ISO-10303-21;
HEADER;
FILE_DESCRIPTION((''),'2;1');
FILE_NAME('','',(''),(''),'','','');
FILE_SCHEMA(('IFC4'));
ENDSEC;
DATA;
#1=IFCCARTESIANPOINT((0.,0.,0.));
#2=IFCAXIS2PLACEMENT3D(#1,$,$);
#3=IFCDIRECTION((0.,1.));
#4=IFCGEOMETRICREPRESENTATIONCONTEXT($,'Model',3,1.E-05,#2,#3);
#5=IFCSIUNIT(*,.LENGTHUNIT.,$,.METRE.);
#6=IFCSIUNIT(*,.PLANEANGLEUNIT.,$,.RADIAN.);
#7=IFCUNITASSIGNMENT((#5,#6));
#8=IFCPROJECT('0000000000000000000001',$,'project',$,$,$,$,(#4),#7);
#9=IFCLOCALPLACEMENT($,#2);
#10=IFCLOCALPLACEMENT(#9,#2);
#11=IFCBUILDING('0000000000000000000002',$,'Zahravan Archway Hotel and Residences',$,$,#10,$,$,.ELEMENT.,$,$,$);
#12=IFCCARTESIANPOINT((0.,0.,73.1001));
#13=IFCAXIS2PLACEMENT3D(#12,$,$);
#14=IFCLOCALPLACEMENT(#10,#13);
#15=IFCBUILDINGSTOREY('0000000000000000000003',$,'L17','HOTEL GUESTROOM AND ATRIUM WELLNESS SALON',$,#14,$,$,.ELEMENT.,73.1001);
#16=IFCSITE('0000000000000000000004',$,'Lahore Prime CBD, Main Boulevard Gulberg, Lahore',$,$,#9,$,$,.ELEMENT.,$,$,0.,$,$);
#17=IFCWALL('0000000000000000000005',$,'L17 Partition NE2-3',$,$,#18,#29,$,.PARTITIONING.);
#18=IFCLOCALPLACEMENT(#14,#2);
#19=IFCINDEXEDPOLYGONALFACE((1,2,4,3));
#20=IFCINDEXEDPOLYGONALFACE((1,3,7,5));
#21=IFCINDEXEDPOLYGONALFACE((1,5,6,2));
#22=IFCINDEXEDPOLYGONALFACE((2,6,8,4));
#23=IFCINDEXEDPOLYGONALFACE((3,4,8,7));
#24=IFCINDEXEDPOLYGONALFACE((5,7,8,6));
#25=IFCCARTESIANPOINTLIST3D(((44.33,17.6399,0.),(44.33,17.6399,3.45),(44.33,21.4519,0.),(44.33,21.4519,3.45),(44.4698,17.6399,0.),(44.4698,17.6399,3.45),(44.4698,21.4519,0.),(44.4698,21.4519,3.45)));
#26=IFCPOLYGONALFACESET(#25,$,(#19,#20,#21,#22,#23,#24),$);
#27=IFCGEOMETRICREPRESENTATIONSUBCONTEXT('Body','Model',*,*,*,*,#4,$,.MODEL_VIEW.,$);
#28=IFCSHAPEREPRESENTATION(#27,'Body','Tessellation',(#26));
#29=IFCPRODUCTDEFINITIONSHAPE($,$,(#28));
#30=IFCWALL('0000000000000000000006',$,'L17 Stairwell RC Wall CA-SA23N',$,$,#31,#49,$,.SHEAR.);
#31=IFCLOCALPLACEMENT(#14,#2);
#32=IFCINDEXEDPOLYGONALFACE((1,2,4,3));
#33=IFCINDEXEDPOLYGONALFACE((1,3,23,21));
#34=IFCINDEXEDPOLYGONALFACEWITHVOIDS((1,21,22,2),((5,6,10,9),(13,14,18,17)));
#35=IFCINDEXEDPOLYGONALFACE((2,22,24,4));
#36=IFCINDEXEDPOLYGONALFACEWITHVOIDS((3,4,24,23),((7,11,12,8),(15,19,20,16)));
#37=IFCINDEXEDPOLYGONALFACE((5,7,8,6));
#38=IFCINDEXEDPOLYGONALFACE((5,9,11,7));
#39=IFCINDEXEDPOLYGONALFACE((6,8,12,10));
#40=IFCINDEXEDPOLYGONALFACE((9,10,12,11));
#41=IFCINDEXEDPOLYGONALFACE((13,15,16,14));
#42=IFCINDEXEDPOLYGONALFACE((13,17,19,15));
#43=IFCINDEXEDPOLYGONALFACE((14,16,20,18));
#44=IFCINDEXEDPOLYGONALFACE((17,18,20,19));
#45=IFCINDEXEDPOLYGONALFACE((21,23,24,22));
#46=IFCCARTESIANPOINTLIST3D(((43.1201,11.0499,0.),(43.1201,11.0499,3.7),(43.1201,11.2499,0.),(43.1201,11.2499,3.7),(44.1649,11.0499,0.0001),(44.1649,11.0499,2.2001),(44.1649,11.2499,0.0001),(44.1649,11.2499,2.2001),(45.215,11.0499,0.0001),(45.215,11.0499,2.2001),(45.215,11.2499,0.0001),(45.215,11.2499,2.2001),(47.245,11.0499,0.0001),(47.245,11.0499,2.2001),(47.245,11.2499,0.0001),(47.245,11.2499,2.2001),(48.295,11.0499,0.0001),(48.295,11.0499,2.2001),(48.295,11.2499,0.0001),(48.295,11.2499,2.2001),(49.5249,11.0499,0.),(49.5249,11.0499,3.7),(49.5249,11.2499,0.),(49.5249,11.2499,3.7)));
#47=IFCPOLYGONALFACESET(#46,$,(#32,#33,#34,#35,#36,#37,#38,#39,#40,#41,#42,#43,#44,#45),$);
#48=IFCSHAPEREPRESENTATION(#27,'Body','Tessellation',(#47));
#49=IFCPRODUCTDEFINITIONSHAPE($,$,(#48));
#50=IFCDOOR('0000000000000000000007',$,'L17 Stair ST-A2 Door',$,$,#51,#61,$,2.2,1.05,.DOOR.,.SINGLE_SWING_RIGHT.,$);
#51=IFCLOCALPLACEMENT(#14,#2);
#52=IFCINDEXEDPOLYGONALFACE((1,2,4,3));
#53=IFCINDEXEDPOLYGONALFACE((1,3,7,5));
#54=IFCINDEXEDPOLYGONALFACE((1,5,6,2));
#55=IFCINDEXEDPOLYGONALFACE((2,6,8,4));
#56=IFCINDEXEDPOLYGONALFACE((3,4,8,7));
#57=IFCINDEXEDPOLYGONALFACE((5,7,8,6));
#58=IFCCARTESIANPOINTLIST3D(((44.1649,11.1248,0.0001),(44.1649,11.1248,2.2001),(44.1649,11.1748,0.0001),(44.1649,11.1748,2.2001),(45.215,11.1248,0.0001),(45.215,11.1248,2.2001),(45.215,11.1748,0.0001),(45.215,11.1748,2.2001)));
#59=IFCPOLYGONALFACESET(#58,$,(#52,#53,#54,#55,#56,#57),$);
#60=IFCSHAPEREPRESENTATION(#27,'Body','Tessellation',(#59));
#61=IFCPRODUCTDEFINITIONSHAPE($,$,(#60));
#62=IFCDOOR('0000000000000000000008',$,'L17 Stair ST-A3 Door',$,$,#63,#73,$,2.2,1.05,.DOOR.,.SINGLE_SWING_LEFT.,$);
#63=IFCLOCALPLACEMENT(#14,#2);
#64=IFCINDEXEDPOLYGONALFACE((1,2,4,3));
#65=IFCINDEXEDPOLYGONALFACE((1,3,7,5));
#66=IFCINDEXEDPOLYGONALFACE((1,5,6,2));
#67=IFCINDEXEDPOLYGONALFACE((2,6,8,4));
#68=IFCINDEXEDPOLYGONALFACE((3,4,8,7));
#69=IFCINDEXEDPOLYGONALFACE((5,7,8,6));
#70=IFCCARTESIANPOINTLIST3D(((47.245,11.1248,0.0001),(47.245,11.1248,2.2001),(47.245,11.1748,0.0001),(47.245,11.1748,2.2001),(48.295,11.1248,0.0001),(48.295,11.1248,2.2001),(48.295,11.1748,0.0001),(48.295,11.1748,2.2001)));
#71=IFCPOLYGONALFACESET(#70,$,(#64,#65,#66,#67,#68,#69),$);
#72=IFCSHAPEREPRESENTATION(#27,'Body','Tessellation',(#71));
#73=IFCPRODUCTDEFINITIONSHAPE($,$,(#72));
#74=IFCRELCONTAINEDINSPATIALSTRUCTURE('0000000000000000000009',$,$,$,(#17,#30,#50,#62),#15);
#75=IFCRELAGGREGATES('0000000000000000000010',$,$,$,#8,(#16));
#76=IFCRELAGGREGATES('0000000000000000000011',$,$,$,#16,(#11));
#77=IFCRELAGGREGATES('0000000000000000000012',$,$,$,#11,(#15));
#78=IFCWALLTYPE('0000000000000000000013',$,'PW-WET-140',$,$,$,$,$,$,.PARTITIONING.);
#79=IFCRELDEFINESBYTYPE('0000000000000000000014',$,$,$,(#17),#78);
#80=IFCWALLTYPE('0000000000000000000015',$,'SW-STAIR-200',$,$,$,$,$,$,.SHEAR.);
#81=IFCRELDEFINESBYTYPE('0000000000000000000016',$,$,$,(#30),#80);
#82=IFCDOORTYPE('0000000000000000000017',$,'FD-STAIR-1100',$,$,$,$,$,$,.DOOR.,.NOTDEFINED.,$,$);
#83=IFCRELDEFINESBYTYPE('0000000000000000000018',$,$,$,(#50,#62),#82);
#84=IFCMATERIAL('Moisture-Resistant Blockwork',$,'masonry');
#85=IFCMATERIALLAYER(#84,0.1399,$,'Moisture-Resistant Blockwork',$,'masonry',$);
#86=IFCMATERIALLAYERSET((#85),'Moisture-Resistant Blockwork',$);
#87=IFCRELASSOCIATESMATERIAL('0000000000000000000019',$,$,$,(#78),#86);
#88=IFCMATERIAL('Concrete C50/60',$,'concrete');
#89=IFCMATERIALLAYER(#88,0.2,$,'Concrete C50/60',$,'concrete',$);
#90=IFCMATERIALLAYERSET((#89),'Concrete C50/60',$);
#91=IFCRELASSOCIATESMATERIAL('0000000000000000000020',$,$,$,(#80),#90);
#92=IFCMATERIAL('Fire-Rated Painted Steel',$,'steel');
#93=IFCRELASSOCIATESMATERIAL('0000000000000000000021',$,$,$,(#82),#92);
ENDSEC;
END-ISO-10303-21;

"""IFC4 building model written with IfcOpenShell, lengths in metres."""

from ifc_helpers import new_model, si_unit, direction, frame, frame_2d, origin, place, context, subcontext, project, spatial, rectangle, extrude, source, transform, mapped, material, layer, layer_set, type_object, type_shapes, element, fill, save


model = new_model("IFC4")

# Units and contexts
model_context = context("Model", 3, precision=1e-05, world=origin(), true_north=direction((0.0, 1.0)))
body_context = subcontext(model_context, "Body", "Model", "MODEL_VIEW")
ifc_project = project(units=[si_unit("LENGTHUNIT", "METRE"), si_unit("PLANEANGLEUNIT", "RADIAN")], contexts=[model_context])

# Site, building, storey
site_placement = place(None, origin())
site = spatial("IfcSite", under=ifc_project, at=site_placement, Name="Lahore Prime CBD, Main Boulevard Gulberg, Lahore", CompositionType="ELEMENT", RefElevation=0.0)
building_placement = place(site_placement, origin())
building = spatial("IfcBuilding", under=site, at=building_placement, Name="Zahravan Archway Hotel and Residences", CompositionType="ELEMENT")
storey_placement = place(building_placement, frame((0.0, 0.0, 73.1001)))
storey = spatial("IfcBuildingStorey", under=building, at=storey_placement, Name="L17", Description="HOTEL GUESTROOM AND ATRIUM WELLNESS SALON", CompositionType="ELEMENT", Elevation=73.1001)

# Shared definitions
ifc_material_1 = material(Name="Fire-Rated Painted Steel", Category="steel")

# Wall
ifc_material_2 = material(Name="Moisture-Resistant Blockwork", Category="masonry")
ifc_layer_1 = layer(ifc_material_2, 0.1399, Name="Moisture-Resistant Blockwork", Category="masonry")
ifc_layer_set_1 = layer_set([ifc_layer_1], Name="Moisture-Resistant Blockwork")
wall_type_1 = type_object("IfcWallType", Name="PW-WET-140", PredefinedType="PARTITIONING", material=ifc_layer_set_1)
wall_1_placement = place(storey_placement, frame((44.3999, 17.6399, 0.0), z_axis=(0.0, 0.0, 1.0), x_axis=(0.0, 1.0, 0.0)))
element("IfcWall", 1, at=wall_1_placement, inside=storey, type_object=wall_type_1, Name="L17 Partition NE2-3", PredefinedType="PARTITIONING", context=body_context, shape_type="SweptSolid", body=[
    extrude(rectangle(XDim=3.812, YDim=0.1399, at=frame_2d((1.906, 0.0))), origin(), (0.0, 0.0, 1.0), 3.45),
])

# Wall, openings, doors
ifc_material_3 = material(Name="Concrete C50/60", Category="concrete")
ifc_layer_2 = layer(ifc_material_3, 0.2, Name="Concrete C50/60", Category="concrete")
ifc_layer_set_2 = layer_set([ifc_layer_2], Name="Concrete C50/60")
wall_type_2 = type_object("IfcWallType", Name="SW-STAIR-200", PredefinedType="SHEAR", material=ifc_layer_set_2)
wall_2_placement = place(storey_placement, frame((43.1201, 11.1499, 0.0), z_axis=(0.0, 0.0, 1.0), x_axis=(1.0, 0.0, 0.0)))
wall_2 = element("IfcWall", 2, at=wall_2_placement, inside=storey, type_object=wall_type_2, Name="L17 Stairwell RC Wall CA-SA23N", PredefinedType="SHEAR", context=body_context, shape_type="SweptSolid", body=[
    extrude(rectangle(XDim=6.4048, YDim=0.2, at=frame_2d((3.2024, 0.0))), origin(), (0.0, 0.0, 1.0), 3.7),
])
opening_1_placement = place(wall_2_placement, frame((1.0449, 0.0, 0.0)))
opening_1 = element("IfcOpeningElement", 3, at=opening_1_placement, cuts=wall_2, PredefinedType="OPENING", context=body_context, shape_type="SweptSolid", body=[
    extrude(rectangle(XDim=1.05, YDim=2.2, at=frame_2d((0.5249, 1.1001))), frame((0.0, 0.1099, 0.0), z_axis=(0.0, -1.0, 0.0), x_axis=(1.0, 0.0, 0.0)), (0.0, 0.0, 1.0), 0.22),
])
opening_2_placement = place(wall_2_placement, frame((4.125, 0.0, 0.0)))
opening_2 = element("IfcOpeningElement", 4, at=opening_2_placement, cuts=wall_2, PredefinedType="OPENING", context=body_context, shape_type="SweptSolid", body=[
    extrude(rectangle(XDim=1.05, YDim=2.2, at=frame_2d((0.5249, 1.1001))), frame((0.0, 0.1099, 0.0), z_axis=(0.0, -1.0, 0.0), x_axis=(1.0, 0.0, 0.0)), (0.0, 0.0, 1.0), 0.22),
])
door_type_1 = type_object("IfcDoorType", Name="FD-STAIR-1100", OperationType="NOTDEFINED", PredefinedType="DOOR", material=ifc_material_1)
shared_shape_1 = source(origin(), body_context, "Body", "SweptSolid", [
    extrude(rectangle(XDim=1.05, YDim=2.2, at=frame_2d((0.5249, 1.1001))), frame((0.0, 0.0249, 0.0), z_axis=(0.0, -1.0, 0.0), x_axis=(1.0, 0.0, 0.0)), (0.0, 0.0, 1.0), 0.05),
])
type_shapes(door_type_1, [shared_shape_1])
door_1_placement = place(opening_1_placement, origin())
door_1 = element("IfcDoor", 5, at=door_1_placement, inside=storey, type_object=door_type_1, Name="L17 Stair ST-A2 Door", OperationType="SINGLE_SWING_RIGHT", OverallHeight=2.2, OverallWidth=1.05, PredefinedType="DOOR", context=body_context, shape_type="MappedRepresentation", body=[
    mapped(shared_shape_1, transform((0.0, 0.0, 0.0), scale=1.0)),
])
fill(opening_1, door_1)
door_2_placement = place(opening_2_placement, origin())
door_2 = element("IfcDoor", 6, at=door_2_placement, inside=storey, type_object=door_type_1, Name="L17 Stair ST-A3 Door", OperationType="SINGLE_SWING_LEFT", OverallHeight=2.2, OverallWidth=1.05, PredefinedType="DOOR", context=body_context, shape_type="MappedRepresentation", body=[
    mapped(shared_shape_1, transform((0.0, 0.0, 0.0), scale=1.0)),
])
fill(opening_2, door_2)

save(model, "model.ifc")
